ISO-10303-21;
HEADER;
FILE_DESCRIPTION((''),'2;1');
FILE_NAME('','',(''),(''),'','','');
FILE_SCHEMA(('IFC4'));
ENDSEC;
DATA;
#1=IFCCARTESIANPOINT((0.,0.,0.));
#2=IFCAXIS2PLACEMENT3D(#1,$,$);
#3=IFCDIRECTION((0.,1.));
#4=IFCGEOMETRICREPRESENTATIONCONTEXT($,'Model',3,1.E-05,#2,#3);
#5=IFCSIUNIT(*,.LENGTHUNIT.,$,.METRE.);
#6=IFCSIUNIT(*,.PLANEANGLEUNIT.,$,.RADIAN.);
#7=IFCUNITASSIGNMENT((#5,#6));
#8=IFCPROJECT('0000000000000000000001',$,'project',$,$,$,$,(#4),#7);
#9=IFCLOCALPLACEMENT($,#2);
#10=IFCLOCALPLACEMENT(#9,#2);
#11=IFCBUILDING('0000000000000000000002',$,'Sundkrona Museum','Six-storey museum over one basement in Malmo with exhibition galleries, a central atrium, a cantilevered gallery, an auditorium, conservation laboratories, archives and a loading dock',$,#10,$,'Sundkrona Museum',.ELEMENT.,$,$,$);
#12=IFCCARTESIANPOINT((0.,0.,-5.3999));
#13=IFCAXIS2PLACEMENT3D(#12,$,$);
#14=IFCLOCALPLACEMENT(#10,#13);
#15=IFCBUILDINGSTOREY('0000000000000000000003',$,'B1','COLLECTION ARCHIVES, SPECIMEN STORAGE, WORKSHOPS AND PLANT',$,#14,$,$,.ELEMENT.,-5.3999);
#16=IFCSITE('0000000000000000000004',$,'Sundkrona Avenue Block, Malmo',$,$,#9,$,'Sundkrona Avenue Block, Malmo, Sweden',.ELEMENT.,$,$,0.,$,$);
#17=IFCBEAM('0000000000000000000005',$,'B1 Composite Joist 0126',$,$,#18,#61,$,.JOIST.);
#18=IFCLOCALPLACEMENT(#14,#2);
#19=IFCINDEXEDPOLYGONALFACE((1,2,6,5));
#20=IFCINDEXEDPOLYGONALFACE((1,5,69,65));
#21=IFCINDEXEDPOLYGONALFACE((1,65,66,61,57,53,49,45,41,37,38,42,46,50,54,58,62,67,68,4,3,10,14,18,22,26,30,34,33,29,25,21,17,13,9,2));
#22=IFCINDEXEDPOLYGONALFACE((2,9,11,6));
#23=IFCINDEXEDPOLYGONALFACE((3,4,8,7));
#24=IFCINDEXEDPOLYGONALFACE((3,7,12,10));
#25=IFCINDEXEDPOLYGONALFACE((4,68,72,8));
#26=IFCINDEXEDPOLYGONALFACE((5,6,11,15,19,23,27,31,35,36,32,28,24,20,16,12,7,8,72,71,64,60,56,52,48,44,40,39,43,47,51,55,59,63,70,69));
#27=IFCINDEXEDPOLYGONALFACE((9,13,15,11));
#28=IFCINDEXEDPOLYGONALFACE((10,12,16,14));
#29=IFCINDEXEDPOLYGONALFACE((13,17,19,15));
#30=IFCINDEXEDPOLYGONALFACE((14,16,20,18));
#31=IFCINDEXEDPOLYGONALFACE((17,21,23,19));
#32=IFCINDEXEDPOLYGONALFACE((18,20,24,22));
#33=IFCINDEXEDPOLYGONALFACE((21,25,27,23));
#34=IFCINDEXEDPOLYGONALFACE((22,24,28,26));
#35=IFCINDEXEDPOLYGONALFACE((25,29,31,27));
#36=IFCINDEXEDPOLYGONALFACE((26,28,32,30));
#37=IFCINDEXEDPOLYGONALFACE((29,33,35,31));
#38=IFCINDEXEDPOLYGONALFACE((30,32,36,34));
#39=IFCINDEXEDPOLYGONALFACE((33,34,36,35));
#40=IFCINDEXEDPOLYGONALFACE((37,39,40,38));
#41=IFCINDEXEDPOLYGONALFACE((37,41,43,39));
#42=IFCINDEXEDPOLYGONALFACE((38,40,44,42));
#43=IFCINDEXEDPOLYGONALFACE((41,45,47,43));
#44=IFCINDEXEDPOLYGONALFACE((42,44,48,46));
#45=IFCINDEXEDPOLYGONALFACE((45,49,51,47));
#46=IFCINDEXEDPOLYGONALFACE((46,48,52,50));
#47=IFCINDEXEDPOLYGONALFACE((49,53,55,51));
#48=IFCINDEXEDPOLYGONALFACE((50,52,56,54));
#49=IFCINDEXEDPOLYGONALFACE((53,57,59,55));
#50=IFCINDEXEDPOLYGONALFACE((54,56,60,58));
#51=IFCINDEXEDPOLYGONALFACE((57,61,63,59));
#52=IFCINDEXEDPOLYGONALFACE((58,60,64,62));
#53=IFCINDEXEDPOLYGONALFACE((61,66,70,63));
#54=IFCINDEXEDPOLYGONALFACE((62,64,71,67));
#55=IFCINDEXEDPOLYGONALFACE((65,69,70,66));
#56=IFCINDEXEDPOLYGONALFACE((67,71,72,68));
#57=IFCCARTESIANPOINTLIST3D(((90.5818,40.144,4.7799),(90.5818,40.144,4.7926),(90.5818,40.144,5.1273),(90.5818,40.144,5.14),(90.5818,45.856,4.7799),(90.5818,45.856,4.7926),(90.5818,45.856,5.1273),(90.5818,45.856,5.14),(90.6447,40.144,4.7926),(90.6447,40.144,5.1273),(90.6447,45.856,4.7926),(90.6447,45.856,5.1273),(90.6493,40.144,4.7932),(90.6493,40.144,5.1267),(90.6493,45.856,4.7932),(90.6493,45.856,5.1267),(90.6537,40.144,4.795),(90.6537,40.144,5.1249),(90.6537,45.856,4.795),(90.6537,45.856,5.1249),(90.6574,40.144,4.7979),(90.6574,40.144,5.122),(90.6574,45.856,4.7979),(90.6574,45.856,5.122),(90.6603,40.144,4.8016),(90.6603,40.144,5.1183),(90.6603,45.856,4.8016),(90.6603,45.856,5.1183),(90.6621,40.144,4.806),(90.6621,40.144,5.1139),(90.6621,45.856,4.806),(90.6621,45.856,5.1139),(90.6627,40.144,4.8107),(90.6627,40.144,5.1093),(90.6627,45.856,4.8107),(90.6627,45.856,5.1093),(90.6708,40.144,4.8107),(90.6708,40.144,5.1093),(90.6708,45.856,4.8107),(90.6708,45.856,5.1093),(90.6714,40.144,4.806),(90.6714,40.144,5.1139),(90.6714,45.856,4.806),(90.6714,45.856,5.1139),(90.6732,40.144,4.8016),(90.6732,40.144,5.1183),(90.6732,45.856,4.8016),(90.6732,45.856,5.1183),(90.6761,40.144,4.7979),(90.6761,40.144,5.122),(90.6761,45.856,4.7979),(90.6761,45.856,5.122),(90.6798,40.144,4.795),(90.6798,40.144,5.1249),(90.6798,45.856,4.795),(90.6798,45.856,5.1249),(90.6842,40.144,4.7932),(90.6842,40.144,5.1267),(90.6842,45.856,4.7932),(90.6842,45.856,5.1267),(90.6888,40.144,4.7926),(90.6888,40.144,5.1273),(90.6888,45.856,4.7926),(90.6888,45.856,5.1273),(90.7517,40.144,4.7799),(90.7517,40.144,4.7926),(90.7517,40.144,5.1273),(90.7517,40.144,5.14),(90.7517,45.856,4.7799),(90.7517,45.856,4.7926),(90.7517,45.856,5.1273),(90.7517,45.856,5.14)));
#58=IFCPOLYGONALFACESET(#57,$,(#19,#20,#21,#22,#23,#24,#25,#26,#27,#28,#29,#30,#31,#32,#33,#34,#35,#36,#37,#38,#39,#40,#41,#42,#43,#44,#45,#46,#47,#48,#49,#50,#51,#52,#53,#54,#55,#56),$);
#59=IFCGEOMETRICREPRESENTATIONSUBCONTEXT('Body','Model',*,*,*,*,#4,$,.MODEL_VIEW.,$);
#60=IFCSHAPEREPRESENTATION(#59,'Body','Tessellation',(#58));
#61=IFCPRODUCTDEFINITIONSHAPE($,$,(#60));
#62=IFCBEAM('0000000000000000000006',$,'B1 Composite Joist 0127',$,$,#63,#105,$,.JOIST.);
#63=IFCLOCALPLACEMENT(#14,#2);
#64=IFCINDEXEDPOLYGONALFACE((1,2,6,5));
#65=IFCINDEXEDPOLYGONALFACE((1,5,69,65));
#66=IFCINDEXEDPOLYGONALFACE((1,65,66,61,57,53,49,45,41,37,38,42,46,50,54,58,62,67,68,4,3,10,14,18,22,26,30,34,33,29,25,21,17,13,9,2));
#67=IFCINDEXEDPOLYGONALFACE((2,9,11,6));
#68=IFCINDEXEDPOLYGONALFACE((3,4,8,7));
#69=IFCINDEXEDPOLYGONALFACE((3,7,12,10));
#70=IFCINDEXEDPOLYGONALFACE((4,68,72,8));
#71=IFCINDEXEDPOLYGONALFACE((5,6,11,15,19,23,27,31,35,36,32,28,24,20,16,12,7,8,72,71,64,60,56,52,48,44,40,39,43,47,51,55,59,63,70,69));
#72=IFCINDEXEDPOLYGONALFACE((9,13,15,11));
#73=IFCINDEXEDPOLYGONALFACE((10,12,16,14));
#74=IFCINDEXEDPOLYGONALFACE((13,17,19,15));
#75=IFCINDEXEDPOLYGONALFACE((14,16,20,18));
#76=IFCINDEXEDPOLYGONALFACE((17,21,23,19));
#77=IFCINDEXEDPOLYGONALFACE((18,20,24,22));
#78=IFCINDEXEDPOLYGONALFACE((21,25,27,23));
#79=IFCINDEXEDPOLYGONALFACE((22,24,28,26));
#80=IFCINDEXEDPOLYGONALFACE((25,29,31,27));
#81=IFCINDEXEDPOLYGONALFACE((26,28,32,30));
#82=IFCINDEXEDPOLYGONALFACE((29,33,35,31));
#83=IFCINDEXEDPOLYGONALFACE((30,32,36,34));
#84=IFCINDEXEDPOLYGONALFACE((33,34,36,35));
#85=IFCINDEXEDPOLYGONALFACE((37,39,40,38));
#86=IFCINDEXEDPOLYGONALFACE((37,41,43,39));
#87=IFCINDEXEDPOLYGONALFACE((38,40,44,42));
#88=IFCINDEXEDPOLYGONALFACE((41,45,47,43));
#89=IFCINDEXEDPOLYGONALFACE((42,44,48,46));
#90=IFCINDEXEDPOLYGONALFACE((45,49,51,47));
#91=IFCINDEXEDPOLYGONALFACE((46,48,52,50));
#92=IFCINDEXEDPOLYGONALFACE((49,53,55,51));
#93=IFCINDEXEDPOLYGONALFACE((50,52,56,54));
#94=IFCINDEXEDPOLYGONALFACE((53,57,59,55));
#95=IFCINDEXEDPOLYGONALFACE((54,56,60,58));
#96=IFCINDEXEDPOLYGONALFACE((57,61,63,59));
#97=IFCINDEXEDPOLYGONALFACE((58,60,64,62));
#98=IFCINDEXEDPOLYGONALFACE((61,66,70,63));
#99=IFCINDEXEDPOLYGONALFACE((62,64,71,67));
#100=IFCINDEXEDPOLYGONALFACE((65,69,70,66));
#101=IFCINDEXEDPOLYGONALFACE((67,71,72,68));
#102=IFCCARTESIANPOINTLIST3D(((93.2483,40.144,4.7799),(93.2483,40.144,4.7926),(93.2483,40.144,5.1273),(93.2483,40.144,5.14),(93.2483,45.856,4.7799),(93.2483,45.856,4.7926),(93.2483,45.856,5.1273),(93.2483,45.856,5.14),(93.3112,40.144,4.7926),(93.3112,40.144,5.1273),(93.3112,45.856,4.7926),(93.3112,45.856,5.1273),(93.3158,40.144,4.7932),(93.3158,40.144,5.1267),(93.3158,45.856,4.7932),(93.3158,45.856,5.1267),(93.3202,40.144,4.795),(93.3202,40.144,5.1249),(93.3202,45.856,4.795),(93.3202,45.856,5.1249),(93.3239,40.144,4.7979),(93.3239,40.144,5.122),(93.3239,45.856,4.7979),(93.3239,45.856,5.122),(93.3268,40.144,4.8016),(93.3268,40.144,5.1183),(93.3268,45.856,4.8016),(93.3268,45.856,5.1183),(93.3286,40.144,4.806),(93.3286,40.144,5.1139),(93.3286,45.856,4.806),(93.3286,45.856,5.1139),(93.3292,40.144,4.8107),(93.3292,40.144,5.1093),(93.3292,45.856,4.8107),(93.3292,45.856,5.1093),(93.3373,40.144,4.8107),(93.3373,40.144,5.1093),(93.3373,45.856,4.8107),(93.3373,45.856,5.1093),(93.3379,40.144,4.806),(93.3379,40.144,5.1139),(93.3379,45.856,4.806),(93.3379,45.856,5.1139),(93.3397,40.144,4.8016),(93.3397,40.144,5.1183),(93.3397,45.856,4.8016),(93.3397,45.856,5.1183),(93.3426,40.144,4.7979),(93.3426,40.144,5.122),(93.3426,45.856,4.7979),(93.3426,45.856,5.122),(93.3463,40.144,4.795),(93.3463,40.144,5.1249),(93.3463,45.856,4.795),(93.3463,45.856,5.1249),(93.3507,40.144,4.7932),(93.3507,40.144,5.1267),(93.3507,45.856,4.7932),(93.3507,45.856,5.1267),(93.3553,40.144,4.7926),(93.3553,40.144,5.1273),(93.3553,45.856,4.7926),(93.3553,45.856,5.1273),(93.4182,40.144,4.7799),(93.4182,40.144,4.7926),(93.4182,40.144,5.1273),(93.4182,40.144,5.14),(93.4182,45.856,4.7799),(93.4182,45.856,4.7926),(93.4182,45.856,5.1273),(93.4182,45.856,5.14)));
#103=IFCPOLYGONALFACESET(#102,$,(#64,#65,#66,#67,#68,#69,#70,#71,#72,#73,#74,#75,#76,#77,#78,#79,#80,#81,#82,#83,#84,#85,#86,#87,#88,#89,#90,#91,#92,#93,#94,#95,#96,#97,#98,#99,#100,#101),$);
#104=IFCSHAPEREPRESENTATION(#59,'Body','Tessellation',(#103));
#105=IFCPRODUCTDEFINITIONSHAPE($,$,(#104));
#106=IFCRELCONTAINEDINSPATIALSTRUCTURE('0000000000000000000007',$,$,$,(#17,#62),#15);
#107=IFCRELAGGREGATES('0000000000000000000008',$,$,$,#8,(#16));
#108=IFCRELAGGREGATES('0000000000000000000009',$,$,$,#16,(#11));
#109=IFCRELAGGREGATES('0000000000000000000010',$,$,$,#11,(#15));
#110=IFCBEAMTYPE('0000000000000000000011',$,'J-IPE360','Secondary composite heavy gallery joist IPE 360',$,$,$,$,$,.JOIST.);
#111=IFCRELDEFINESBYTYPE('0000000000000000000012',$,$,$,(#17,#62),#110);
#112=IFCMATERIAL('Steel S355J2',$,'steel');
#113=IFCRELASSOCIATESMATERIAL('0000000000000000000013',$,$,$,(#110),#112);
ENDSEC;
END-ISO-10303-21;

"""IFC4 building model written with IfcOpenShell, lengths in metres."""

from ifc_helpers import new_model, si_unit, direction, frame, origin, origin_2d, place, context, subcontext, project, spatial, i_section, extrude, material, material_profile, profile_set, type_object, element, save


model = new_model("IFC4")

# Units and contexts
model_context = context("Model", 3, precision=1e-05, world=origin(), true_north=direction((0.0, 1.0)))
body_context = subcontext(model_context, "Body", "Model", "MODEL_VIEW")
ifc_project = project(units=[si_unit("LENGTHUNIT", "METRE"), si_unit("PLANEANGLEUNIT", "RADIAN")], contexts=[model_context])

# Site, building, storey
site_placement = place(None, origin())
site = spatial("IfcSite", under=ifc_project, at=site_placement, Name="Sundkrona Avenue Block, Malmo", LongName="Sundkrona Avenue Block, Malmo, Sweden", CompositionType="ELEMENT", RefElevation=0.0)
building_placement = place(site_placement, origin())
building = spatial("IfcBuilding", under=site, at=building_placement, Name="Sundkrona Museum", Description="Six-storey museum over one basement in Malmo with exhibition galleries, a central atrium, a cantilevered gallery, an auditorium, conservation laboratories, archives and a loading dock", LongName="Sundkrona Museum", CompositionType="ELEMENT")
storey_placement = place(building_placement, frame((0.0, 0.0, -5.3999)))
storey = spatial("IfcBuildingStorey", under=building, at=storey_placement, Name="B1", Description="COLLECTION ARCHIVES, SPECIMEN STORAGE, WORKSHOPS AND PLANT", CompositionType="ELEMENT", Elevation=-5.3999)

# Beams
ifc_material_1 = material(Name="Steel S355J2", Category="steel")
ifc_material_profile_1 = material_profile(ifc_material_1, i_section(OverallWidth=0.1699, OverallDepth=0.3601, WebThickness=0.0081, FlangeThickness=0.0127, FilletRadius=0.0181, at=origin_2d()), Name="IPE 360")
ifc_profile_set_1 = profile_set([ifc_material_profile_1], Name="Steel S355J2")
beam_type_1 = type_object("IfcBeamType", Name="J-IPE360", Description="Secondary composite heavy gallery joist IPE 360", PredefinedType="JOIST", material=ifc_profile_set_1)
for number, where, z_axis, x_axis, name in (
    (1, (90.6667, 40.144, 4.96), (0.0, 1.0, 0.0), (-1.0, 0.0, 0.0), "B1 Composite Joist 0126"),
    (2, (93.3333, 40.144, 4.96), (0.0, 1.0, 0.0), (-1.0, 0.0, 0.0), "B1 Composite Joist 0127"),
):
    element("IfcBeam", number, at=place(storey_placement, frame(where, z_axis=z_axis, x_axis=x_axis)), inside=storey, type_object=beam_type_1, Name=name, PredefinedType="JOIST", context=body_context, shape_type="SweptSolid", body=[
        extrude(i_section(OverallWidth=0.1699, OverallDepth=0.3601, WebThickness=0.0081, FlangeThickness=0.0127, FilletRadius=0.0181, at=origin_2d()), origin(), (0.0, 0.0, 1.0), 5.7119),
    ])

save(model, "model.ifc")
